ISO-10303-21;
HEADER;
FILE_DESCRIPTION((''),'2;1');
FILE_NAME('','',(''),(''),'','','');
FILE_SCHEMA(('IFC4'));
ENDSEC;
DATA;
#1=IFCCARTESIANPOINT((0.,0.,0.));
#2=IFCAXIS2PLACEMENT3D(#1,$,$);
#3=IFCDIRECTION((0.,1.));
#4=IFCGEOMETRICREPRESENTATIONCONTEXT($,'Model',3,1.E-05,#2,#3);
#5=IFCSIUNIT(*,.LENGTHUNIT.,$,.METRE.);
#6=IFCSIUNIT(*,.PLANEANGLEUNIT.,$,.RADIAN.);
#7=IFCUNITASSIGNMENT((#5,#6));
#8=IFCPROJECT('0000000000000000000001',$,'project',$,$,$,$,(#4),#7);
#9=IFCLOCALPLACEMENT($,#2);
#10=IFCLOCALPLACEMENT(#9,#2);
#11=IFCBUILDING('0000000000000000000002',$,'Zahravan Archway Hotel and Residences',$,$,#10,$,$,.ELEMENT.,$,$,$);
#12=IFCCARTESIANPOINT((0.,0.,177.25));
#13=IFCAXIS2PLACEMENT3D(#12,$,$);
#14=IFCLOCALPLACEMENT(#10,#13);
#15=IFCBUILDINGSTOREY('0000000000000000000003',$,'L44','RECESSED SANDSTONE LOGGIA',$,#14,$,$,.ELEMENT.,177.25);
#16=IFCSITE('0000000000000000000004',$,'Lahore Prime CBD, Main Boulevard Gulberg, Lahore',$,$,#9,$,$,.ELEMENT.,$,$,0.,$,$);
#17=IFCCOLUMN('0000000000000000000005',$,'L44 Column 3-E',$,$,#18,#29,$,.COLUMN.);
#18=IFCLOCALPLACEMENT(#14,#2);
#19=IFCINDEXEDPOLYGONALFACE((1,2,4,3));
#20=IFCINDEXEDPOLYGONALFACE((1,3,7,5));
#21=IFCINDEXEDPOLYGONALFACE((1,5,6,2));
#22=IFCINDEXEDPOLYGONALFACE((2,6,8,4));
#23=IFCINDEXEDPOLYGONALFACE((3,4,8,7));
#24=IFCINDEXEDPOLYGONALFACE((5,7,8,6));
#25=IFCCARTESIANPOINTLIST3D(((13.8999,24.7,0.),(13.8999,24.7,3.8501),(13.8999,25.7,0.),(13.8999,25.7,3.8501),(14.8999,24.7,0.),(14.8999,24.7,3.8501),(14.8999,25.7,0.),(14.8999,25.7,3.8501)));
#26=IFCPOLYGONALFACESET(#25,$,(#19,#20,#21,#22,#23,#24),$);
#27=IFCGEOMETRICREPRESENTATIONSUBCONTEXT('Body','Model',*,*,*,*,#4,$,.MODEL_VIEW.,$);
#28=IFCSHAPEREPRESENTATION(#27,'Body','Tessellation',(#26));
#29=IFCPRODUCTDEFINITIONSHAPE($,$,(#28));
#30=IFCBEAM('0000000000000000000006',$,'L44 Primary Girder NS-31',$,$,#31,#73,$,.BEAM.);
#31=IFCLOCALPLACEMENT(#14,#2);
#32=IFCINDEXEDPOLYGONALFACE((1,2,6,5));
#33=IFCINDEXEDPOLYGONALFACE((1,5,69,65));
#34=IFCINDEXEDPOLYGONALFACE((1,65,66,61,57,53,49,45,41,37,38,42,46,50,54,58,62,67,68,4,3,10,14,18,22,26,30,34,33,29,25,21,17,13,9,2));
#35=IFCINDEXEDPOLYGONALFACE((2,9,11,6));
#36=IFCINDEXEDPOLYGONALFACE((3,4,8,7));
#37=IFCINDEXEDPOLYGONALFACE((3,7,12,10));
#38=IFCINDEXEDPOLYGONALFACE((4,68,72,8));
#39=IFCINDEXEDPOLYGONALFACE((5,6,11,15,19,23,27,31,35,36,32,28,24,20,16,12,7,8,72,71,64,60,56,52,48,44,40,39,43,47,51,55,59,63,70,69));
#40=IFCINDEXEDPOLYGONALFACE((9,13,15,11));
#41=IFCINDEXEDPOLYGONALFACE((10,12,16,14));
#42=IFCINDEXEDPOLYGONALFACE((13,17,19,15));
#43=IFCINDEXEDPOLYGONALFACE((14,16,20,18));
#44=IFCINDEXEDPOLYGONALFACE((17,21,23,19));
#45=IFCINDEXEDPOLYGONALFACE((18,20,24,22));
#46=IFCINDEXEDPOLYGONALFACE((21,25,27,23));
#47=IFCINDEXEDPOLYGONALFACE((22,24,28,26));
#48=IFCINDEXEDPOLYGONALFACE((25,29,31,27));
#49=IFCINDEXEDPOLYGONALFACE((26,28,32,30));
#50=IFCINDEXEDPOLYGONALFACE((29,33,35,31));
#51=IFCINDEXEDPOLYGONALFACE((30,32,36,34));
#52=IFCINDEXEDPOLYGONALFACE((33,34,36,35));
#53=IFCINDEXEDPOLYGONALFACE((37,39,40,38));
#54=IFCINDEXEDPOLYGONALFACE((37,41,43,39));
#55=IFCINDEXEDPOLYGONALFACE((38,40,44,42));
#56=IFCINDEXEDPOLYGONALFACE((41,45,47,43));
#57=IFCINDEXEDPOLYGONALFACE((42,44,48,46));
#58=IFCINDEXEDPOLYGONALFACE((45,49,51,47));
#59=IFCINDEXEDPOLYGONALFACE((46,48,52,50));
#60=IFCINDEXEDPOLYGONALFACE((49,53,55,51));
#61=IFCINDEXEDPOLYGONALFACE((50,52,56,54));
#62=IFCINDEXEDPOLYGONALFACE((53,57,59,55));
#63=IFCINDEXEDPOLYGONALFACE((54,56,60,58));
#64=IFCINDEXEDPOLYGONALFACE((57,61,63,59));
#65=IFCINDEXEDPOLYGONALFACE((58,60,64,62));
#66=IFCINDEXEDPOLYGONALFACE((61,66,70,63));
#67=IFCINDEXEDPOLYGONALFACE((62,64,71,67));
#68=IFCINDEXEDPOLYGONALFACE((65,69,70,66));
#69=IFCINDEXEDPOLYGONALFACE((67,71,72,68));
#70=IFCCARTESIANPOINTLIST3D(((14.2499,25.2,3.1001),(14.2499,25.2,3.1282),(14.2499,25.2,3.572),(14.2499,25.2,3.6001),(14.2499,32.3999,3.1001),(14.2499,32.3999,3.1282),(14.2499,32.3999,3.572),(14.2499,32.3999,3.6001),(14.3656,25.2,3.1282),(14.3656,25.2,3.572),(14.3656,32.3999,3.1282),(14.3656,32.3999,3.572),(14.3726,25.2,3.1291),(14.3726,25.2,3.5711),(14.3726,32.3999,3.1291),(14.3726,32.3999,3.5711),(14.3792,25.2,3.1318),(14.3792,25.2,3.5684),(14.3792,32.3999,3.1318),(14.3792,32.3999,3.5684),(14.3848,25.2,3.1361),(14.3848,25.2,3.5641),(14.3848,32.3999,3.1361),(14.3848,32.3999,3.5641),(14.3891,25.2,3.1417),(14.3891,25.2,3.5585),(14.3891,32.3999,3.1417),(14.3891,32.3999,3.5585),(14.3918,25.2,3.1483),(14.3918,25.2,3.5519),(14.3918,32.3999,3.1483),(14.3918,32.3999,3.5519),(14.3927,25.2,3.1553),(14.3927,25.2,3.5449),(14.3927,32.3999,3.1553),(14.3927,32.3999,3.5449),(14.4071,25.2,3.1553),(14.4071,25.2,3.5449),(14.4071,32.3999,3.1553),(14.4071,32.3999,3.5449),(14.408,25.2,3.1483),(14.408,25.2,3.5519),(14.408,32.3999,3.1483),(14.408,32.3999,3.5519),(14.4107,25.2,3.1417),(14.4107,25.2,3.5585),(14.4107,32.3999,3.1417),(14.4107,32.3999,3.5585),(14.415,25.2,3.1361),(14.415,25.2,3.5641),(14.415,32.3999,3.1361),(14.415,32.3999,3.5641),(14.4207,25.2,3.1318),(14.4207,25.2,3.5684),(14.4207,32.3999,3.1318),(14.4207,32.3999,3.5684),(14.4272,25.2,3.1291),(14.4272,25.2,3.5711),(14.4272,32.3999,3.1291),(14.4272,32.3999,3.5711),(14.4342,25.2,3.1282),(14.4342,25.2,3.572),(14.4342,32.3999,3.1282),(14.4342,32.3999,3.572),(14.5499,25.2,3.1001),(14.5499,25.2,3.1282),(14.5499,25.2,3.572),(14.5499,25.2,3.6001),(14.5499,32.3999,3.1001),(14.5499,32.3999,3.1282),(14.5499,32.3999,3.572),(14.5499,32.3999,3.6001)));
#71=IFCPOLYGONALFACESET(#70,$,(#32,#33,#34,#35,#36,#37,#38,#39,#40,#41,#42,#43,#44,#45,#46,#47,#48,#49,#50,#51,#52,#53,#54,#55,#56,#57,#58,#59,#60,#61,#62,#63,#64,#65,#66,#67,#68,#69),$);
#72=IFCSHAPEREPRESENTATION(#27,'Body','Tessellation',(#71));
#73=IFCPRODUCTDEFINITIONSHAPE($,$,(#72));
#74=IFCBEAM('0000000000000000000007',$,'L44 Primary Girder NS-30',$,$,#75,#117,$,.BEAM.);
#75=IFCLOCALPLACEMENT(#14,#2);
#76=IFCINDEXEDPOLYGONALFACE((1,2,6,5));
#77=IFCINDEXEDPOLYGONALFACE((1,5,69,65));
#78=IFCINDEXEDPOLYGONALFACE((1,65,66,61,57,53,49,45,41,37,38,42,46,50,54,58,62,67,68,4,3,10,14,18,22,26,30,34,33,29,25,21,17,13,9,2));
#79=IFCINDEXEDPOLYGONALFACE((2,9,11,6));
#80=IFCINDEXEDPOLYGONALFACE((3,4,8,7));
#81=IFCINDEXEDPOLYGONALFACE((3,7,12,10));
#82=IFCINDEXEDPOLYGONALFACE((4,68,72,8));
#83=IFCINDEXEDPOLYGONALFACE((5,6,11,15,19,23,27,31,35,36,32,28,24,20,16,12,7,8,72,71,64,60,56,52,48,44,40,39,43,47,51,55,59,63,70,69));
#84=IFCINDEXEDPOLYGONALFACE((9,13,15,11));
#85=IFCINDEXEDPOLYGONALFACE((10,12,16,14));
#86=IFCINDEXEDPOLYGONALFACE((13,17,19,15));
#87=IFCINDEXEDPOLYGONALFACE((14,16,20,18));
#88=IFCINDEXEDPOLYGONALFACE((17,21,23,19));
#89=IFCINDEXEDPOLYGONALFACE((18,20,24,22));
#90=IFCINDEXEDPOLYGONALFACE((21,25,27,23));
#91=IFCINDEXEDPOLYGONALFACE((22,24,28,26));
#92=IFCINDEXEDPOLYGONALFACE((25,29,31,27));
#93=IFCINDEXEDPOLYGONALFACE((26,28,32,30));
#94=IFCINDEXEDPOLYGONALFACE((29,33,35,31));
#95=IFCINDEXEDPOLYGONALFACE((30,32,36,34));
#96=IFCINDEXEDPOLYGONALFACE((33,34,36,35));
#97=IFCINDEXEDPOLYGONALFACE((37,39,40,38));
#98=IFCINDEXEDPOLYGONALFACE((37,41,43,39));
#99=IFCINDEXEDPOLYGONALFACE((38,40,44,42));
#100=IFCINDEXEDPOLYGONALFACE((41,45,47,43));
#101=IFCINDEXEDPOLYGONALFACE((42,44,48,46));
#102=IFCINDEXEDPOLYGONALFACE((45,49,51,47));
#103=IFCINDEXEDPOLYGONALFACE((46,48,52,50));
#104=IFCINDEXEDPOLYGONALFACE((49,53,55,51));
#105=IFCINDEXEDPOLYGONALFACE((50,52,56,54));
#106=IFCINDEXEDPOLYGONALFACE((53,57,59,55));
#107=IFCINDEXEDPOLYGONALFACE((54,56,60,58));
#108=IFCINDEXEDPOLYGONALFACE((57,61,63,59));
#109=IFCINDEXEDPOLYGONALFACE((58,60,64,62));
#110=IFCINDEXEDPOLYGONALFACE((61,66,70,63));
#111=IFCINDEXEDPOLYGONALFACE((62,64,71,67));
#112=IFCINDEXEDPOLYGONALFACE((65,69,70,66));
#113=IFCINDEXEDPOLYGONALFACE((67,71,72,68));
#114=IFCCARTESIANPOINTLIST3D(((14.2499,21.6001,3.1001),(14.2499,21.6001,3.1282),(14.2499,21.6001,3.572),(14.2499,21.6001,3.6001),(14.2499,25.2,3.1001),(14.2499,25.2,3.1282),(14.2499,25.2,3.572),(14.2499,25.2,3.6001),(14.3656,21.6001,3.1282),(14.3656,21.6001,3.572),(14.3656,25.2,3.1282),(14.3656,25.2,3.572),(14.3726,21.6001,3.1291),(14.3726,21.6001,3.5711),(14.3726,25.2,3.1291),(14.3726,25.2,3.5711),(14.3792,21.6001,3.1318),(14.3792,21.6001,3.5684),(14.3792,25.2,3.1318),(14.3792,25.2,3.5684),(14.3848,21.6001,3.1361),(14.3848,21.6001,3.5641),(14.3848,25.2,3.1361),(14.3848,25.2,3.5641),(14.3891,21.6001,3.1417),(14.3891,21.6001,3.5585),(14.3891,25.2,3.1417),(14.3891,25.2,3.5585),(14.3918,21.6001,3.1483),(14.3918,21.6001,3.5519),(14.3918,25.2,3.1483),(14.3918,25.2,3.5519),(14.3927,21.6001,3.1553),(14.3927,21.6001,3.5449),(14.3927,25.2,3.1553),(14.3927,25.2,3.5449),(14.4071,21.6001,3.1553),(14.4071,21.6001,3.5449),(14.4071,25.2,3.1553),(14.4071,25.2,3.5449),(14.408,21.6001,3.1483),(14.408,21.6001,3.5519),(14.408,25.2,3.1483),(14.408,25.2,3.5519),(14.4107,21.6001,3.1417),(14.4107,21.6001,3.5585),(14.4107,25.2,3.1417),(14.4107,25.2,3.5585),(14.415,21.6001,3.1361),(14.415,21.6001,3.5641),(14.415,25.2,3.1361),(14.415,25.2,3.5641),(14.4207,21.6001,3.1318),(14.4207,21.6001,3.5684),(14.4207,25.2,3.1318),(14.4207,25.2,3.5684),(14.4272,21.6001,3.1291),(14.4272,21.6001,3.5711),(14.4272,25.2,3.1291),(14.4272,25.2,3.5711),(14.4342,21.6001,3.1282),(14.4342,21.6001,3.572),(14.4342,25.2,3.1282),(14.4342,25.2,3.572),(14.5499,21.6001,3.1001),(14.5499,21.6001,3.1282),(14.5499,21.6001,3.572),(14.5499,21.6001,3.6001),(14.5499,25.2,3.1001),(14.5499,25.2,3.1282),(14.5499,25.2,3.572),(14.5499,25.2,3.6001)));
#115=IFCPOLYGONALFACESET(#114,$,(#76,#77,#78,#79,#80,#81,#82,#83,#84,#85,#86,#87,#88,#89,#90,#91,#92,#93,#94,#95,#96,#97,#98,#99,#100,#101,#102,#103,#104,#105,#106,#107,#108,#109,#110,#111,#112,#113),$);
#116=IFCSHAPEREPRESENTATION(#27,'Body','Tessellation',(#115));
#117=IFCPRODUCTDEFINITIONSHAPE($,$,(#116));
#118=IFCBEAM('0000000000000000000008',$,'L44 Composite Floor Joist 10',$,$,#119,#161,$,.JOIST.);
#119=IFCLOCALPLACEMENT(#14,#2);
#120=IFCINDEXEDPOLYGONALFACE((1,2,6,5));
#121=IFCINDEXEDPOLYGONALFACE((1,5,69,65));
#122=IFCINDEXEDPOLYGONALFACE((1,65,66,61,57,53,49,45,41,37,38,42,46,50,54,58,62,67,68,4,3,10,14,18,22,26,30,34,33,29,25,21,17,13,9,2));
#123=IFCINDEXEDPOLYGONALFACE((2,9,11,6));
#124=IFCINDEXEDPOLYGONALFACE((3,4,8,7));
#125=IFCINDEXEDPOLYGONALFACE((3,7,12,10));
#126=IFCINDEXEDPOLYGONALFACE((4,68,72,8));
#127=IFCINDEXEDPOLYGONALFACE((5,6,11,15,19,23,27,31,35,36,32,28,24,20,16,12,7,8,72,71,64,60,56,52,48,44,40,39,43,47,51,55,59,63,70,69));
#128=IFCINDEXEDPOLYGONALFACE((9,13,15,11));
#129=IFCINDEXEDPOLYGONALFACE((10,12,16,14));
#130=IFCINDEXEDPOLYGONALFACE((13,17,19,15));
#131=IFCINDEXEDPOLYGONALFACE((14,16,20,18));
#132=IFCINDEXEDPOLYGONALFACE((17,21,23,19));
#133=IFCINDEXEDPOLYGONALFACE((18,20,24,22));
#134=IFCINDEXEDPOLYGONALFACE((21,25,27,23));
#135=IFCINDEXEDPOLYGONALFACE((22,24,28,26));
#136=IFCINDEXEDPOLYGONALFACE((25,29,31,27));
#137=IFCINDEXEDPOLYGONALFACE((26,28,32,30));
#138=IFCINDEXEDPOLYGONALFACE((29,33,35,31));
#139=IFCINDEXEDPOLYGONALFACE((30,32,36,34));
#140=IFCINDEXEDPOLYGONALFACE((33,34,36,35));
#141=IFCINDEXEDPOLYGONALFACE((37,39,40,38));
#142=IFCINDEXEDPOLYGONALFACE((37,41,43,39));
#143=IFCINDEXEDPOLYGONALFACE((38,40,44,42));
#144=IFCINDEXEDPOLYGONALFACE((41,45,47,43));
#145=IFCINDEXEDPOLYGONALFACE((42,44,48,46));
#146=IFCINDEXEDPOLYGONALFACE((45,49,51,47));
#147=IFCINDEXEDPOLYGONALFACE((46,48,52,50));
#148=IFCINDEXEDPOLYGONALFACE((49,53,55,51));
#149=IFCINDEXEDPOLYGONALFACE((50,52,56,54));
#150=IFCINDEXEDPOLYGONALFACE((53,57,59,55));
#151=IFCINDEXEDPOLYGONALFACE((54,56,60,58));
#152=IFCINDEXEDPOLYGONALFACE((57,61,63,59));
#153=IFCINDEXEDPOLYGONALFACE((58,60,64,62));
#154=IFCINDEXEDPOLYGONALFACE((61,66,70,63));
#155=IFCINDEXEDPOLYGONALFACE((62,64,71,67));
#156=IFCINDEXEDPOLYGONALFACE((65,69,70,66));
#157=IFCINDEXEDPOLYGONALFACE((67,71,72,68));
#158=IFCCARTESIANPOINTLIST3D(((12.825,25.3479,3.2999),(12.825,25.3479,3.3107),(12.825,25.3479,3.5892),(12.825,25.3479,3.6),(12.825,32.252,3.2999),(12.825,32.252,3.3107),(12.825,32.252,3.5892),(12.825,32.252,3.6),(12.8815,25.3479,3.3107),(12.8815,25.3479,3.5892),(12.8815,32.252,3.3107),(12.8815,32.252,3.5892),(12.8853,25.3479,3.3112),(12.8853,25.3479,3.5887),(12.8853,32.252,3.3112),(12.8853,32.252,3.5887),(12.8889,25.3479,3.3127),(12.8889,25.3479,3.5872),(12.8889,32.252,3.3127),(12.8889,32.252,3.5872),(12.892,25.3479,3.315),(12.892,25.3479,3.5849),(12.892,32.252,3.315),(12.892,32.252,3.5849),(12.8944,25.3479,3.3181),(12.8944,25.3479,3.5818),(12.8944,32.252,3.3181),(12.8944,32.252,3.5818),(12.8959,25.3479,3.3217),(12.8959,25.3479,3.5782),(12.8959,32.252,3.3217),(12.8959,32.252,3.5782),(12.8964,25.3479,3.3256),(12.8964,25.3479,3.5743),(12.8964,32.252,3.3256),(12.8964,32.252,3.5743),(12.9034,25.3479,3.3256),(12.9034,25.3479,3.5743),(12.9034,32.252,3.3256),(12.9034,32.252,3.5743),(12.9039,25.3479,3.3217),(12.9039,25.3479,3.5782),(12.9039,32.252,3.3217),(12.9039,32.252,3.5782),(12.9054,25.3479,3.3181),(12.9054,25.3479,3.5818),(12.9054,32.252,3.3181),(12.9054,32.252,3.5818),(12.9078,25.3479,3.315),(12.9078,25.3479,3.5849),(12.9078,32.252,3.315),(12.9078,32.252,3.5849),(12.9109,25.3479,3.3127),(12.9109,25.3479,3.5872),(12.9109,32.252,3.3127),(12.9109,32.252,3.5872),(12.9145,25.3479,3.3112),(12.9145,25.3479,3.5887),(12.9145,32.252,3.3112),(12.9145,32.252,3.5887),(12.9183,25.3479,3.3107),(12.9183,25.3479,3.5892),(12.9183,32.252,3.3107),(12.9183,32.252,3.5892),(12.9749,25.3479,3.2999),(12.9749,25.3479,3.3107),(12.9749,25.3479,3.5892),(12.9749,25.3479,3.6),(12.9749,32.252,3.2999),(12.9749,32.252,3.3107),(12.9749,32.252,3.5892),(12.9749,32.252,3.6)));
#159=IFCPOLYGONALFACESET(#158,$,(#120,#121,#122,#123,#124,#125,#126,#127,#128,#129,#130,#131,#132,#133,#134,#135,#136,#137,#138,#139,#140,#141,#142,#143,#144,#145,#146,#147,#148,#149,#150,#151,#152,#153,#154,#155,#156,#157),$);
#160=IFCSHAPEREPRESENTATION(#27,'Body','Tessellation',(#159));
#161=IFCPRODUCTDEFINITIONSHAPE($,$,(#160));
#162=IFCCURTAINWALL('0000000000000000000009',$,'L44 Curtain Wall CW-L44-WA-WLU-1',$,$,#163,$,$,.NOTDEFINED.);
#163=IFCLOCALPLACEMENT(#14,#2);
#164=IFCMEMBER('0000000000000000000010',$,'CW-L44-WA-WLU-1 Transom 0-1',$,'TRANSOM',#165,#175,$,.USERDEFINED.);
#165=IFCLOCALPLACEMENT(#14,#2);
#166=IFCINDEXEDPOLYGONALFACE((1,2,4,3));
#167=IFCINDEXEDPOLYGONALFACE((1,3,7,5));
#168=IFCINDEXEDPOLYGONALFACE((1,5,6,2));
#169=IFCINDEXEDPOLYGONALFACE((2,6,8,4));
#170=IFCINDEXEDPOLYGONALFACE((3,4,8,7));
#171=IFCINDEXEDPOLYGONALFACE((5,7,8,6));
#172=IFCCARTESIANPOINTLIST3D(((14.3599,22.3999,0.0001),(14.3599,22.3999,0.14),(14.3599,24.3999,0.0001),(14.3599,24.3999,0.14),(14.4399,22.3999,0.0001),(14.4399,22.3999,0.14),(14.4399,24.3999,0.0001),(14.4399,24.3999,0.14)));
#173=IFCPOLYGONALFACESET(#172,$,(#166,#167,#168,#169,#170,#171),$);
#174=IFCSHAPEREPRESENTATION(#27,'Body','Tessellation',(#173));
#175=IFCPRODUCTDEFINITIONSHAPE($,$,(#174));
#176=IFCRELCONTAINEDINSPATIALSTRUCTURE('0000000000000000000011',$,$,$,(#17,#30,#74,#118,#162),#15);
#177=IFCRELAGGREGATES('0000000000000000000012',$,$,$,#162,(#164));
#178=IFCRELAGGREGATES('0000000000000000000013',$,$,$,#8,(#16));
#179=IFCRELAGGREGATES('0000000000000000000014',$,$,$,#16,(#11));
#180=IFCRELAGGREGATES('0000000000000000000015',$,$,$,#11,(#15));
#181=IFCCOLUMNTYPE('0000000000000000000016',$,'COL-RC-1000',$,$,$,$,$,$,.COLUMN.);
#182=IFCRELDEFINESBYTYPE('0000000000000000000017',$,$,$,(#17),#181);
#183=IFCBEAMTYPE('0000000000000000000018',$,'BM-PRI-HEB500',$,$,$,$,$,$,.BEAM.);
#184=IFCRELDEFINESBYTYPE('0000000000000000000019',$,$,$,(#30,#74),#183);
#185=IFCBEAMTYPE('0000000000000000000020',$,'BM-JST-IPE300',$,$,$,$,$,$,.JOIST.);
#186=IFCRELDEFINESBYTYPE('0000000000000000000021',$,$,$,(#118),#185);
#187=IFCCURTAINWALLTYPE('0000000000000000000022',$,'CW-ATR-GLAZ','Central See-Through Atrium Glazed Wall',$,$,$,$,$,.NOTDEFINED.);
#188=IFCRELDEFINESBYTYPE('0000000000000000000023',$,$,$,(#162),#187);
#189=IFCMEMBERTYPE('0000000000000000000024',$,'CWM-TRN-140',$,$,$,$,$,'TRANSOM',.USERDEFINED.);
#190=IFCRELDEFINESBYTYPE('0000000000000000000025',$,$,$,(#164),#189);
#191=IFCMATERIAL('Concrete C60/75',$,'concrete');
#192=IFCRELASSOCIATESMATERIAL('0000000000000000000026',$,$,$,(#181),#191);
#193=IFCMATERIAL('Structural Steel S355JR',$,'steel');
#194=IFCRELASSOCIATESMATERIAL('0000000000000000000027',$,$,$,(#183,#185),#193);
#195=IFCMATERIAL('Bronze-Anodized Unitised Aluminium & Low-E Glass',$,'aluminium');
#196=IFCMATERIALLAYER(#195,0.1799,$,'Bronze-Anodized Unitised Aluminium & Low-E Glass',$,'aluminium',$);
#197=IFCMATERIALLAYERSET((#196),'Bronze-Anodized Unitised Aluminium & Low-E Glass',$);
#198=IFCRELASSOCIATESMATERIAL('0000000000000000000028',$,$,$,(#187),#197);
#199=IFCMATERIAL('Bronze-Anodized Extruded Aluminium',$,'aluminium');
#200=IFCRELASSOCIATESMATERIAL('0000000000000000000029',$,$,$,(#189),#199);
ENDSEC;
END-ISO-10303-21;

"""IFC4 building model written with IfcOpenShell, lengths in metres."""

from ifc_helpers import new_model, si_unit, direction, frame, origin, origin_2d, place, context, subcontext, project, spatial, rectangle, i_section, extrude, source, transform, mapped, material, layer, layer_set, material_profile, profile_set, type_object, type_shapes, element, aggregate, save


model = new_model("IFC4")

# Units and contexts
model_context = context("Model", 3, precision=1e-05, world=origin(), true_north=direction((0.0, 1.0)))
body_context = subcontext(model_context, "Body", "Model", "MODEL_VIEW")
ifc_project = project(units=[si_unit("LENGTHUNIT", "METRE"), si_unit("PLANEANGLEUNIT", "RADIAN")], contexts=[model_context])

# Site, building, storey
site_placement = place(None, origin())
site = spatial("IfcSite", under=ifc_project, at=site_placement, Name="Lahore Prime CBD, Main Boulevard Gulberg, Lahore", CompositionType="ELEMENT", RefElevation=0.0)
building_placement = place(site_placement, origin())
building = spatial("IfcBuilding", under=site, at=building_placement, Name="Zahravan Archway Hotel and Residences", CompositionType="ELEMENT")
storey_placement = place(building_placement, frame((0.0, 0.0, 177.25)))
storey = spatial("IfcBuildingStorey", under=building, at=storey_placement, Name="L44", Description="RECESSED SANDSTONE LOGGIA", CompositionType="ELEMENT", Elevation=177.25)

# Column
ifc_material_1 = material(Name="Concrete C60/75", Category="concrete")
ifc_material_profile_1 = material_profile(ifc_material_1, rectangle(XDim=1.0, YDim=1.0, at=origin_2d()), Name="RC-COL-1000x1000", Category="concrete")
ifc_profile_set_1 = profile_set([ifc_material_profile_1], Name="Concrete C60/75")
column_type = type_object("IfcColumnType", Name="COL-RC-1000", PredefinedType="COLUMN", material=ifc_profile_set_1)
shared_shape_1 = source(origin(), body_context, "Body", "SweptSolid", [
    extrude(rectangle(XDim=1.0, YDim=1.0, at=origin_2d()), origin(), (0.0, 0.0, 1.0), 3.8501),
])
column_placement = place(storey_placement, frame((14.3999, 25.2, 0.0), z_axis=(0.0, 0.0, 1.0), x_axis=(1.0, 0.0, 0.0)))
element("IfcColumn", 1, at=column_placement, inside=storey, type_object=column_type, Name="L44 Column 3-E", PredefinedType="COLUMN", context=body_context, shape_type="MappedRepresentation", body=[
    mapped(shared_shape_1, transform((0.0, 0.0, 0.0), scale=1.0)),
])

# Beams
ifc_material_2 = material(Name="Structural Steel S355JR", Category="steel")
ifc_material_profile_2 = material_profile(ifc_material_2, i_section(OverallWidth=0.3, OverallDepth=0.5, WebThickness=0.0144, FlangeThickness=0.0281, FilletRadius=0.0271, at=origin_2d()), Name="HEB 500", Category="steel")
ifc_profile_set_2 = profile_set([ifc_material_profile_2], Name="Structural Steel S355JR")
beam_type_1 = type_object("IfcBeamType", Name="BM-PRI-HEB500", PredefinedType="BEAM", material=ifc_profile_set_2)
shared_shape_2 = source(origin(), body_context, "Body", "SweptSolid", [
    extrude(i_section(OverallWidth=0.3, OverallDepth=0.5, WebThickness=0.0144, FlangeThickness=0.0281, FilletRadius=0.0271, at=origin_2d()), origin(), (0.0, 0.0, 1.0), 7.2),
])
beam_1_placement = place(storey_placement, frame((14.3999, 25.2, 3.3501), z_axis=(0.0, 1.0, 0.0), x_axis=(-1.0, 0.0, 0.0)))
element("IfcBeam", 2, at=beam_1_placement, inside=storey, type_object=beam_type_1, Name="L44 Primary Girder NS-31", PredefinedType="BEAM", context=body_context, shape_type="MappedRepresentation", body=[
    mapped(shared_shape_2, transform((0.0, 0.0, 0.0), scale=1.0)),
])
shared_shape_3 = source(origin(), body_context, "Body", "SweptSolid", [
    extrude(i_section(OverallWidth=0.3, OverallDepth=0.5, WebThickness=0.0144, FlangeThickness=0.0281, FilletRadius=0.0271, at=origin_2d()), origin(), (0.0, 0.0, 1.0), 3.5999),
])
beam_2_placement = place(storey_placement, frame((14.3999, 21.6001, 3.3501), z_axis=(0.0, 1.0, 0.0), x_axis=(-1.0, 0.0, 0.0)))
element("IfcBeam", 3, at=beam_2_placement, inside=storey, type_object=beam_type_1, Name="L44 Primary Girder NS-30", PredefinedType="BEAM", context=body_context, shape_type="MappedRepresentation", body=[
    mapped(shared_shape_3, transform((0.0, 0.0, 0.0), scale=1.0)),
])
ifc_material_profile_3 = material_profile(ifc_material_2, i_section(OverallWidth=0.1499, OverallDepth=0.3, WebThickness=0.0071, FlangeThickness=0.0107, FilletRadius=0.0149, at=origin_2d()), Name="IPE 300", Category="steel")
ifc_profile_set_3 = profile_set([ifc_material_profile_3], Name="Structural Steel S355JR")
beam_type_2 = type_object("IfcBeamType", Name="BM-JST-IPE300", PredefinedType="JOIST", material=ifc_profile_set_3)
shared_shape_4 = source(origin(), body_context, "Body", "SweptSolid", [
    extrude(i_section(OverallWidth=0.1499, OverallDepth=0.3, WebThickness=0.0071, FlangeThickness=0.0107, FilletRadius=0.0149, at=origin_2d()), origin(), (0.0, 0.0, 1.0), 6.9041),
])
type_shapes(beam_type_2, [shared_shape_4])
beam_3_placement = place(storey_placement, frame((12.8999, 25.3479, 3.45), z_axis=(0.0, 1.0, 0.0), x_axis=(-1.0, 0.0, 0.0)))
element("IfcBeam", 4, at=beam_3_placement, inside=storey, type_object=beam_type_2, Name="L44 Composite Floor Joist 10", PredefinedType="JOIST", context=body_context, shape_type="MappedRepresentation", body=[
    mapped(shared_shape_4, transform((0.0, 0.0, 0.0), scale=1.0)),
])

# Curtain wall, member
ifc_material_3 = material(Name="Bronze-Anodized Unitised Aluminium & Low-E Glass", Category="aluminium")
ifc_layer_1 = layer(ifc_material_3, 0.1799, Name="Bronze-Anodized Unitised Aluminium & Low-E Glass", Category="aluminium")
ifc_layer_set_1 = layer_set([ifc_layer_1], Name="Bronze-Anodized Unitised Aluminium & Low-E Glass")
curtain_wall_type = type_object("IfcCurtainWallType", Name="CW-ATR-GLAZ", Description="Central See-Through Atrium Glazed Wall", PredefinedType="NOTDEFINED", material=ifc_layer_set_1)
curtain_wall_1_placement = place(storey_placement, origin())
curtain_wall_1 = element("IfcCurtainWall", 5, at=curtain_wall_1_placement, inside=storey, type_object=curtain_wall_type, Name="L44 Curtain Wall CW-L44-WA-WLU-1", PredefinedType="NOTDEFINED")
ifc_material_4 = material(Name="Bronze-Anodized Extruded Aluminium", Category="aluminium")
ifc_material_profile_4 = material_profile(ifc_material_4, rectangle(XDim=0.0801, YDim=0.1399, at=origin_2d()), Name="TRN 80x140", Category="aluminium")
ifc_profile_set_4 = profile_set([ifc_material_profile_4], Name="Bronze-Anodized Extruded Aluminium")
member_type_1 = type_object("IfcMemberType", Name="CWM-TRN-140", ElementType="TRANSOM", PredefinedType="USERDEFINED", material=ifc_profile_set_4)
shared_shape_5 = source(origin(), body_context, "Body", "SweptSolid", [
    extrude(rectangle(XDim=0.0801, YDim=0.1399, at=origin_2d()), origin(), (0.0, 0.0, 1.0), 2.0),
])
member_1_placement = place(storey_placement, frame((14.3999, 22.3999, 0.0701), z_axis=(0.0, 1.0, 0.0), x_axis=(-1.0, 0.0, 0.0)))
member_1 = element("IfcMember", 6, at=member_1_placement, type_object=member_type_1, Name="CW-L44-WA-WLU-1 Transom 0-1", ObjectType="TRANSOM", PredefinedType="USERDEFINED", context=body_context, shape_type="MappedRepresentation", body=[
    mapped(shared_shape_5, transform((0.0, 0.0, 0.0), scale=1.0)),
])

aggregate(curtain_wall_1, [member_1])

save(model, "model.ifc")
